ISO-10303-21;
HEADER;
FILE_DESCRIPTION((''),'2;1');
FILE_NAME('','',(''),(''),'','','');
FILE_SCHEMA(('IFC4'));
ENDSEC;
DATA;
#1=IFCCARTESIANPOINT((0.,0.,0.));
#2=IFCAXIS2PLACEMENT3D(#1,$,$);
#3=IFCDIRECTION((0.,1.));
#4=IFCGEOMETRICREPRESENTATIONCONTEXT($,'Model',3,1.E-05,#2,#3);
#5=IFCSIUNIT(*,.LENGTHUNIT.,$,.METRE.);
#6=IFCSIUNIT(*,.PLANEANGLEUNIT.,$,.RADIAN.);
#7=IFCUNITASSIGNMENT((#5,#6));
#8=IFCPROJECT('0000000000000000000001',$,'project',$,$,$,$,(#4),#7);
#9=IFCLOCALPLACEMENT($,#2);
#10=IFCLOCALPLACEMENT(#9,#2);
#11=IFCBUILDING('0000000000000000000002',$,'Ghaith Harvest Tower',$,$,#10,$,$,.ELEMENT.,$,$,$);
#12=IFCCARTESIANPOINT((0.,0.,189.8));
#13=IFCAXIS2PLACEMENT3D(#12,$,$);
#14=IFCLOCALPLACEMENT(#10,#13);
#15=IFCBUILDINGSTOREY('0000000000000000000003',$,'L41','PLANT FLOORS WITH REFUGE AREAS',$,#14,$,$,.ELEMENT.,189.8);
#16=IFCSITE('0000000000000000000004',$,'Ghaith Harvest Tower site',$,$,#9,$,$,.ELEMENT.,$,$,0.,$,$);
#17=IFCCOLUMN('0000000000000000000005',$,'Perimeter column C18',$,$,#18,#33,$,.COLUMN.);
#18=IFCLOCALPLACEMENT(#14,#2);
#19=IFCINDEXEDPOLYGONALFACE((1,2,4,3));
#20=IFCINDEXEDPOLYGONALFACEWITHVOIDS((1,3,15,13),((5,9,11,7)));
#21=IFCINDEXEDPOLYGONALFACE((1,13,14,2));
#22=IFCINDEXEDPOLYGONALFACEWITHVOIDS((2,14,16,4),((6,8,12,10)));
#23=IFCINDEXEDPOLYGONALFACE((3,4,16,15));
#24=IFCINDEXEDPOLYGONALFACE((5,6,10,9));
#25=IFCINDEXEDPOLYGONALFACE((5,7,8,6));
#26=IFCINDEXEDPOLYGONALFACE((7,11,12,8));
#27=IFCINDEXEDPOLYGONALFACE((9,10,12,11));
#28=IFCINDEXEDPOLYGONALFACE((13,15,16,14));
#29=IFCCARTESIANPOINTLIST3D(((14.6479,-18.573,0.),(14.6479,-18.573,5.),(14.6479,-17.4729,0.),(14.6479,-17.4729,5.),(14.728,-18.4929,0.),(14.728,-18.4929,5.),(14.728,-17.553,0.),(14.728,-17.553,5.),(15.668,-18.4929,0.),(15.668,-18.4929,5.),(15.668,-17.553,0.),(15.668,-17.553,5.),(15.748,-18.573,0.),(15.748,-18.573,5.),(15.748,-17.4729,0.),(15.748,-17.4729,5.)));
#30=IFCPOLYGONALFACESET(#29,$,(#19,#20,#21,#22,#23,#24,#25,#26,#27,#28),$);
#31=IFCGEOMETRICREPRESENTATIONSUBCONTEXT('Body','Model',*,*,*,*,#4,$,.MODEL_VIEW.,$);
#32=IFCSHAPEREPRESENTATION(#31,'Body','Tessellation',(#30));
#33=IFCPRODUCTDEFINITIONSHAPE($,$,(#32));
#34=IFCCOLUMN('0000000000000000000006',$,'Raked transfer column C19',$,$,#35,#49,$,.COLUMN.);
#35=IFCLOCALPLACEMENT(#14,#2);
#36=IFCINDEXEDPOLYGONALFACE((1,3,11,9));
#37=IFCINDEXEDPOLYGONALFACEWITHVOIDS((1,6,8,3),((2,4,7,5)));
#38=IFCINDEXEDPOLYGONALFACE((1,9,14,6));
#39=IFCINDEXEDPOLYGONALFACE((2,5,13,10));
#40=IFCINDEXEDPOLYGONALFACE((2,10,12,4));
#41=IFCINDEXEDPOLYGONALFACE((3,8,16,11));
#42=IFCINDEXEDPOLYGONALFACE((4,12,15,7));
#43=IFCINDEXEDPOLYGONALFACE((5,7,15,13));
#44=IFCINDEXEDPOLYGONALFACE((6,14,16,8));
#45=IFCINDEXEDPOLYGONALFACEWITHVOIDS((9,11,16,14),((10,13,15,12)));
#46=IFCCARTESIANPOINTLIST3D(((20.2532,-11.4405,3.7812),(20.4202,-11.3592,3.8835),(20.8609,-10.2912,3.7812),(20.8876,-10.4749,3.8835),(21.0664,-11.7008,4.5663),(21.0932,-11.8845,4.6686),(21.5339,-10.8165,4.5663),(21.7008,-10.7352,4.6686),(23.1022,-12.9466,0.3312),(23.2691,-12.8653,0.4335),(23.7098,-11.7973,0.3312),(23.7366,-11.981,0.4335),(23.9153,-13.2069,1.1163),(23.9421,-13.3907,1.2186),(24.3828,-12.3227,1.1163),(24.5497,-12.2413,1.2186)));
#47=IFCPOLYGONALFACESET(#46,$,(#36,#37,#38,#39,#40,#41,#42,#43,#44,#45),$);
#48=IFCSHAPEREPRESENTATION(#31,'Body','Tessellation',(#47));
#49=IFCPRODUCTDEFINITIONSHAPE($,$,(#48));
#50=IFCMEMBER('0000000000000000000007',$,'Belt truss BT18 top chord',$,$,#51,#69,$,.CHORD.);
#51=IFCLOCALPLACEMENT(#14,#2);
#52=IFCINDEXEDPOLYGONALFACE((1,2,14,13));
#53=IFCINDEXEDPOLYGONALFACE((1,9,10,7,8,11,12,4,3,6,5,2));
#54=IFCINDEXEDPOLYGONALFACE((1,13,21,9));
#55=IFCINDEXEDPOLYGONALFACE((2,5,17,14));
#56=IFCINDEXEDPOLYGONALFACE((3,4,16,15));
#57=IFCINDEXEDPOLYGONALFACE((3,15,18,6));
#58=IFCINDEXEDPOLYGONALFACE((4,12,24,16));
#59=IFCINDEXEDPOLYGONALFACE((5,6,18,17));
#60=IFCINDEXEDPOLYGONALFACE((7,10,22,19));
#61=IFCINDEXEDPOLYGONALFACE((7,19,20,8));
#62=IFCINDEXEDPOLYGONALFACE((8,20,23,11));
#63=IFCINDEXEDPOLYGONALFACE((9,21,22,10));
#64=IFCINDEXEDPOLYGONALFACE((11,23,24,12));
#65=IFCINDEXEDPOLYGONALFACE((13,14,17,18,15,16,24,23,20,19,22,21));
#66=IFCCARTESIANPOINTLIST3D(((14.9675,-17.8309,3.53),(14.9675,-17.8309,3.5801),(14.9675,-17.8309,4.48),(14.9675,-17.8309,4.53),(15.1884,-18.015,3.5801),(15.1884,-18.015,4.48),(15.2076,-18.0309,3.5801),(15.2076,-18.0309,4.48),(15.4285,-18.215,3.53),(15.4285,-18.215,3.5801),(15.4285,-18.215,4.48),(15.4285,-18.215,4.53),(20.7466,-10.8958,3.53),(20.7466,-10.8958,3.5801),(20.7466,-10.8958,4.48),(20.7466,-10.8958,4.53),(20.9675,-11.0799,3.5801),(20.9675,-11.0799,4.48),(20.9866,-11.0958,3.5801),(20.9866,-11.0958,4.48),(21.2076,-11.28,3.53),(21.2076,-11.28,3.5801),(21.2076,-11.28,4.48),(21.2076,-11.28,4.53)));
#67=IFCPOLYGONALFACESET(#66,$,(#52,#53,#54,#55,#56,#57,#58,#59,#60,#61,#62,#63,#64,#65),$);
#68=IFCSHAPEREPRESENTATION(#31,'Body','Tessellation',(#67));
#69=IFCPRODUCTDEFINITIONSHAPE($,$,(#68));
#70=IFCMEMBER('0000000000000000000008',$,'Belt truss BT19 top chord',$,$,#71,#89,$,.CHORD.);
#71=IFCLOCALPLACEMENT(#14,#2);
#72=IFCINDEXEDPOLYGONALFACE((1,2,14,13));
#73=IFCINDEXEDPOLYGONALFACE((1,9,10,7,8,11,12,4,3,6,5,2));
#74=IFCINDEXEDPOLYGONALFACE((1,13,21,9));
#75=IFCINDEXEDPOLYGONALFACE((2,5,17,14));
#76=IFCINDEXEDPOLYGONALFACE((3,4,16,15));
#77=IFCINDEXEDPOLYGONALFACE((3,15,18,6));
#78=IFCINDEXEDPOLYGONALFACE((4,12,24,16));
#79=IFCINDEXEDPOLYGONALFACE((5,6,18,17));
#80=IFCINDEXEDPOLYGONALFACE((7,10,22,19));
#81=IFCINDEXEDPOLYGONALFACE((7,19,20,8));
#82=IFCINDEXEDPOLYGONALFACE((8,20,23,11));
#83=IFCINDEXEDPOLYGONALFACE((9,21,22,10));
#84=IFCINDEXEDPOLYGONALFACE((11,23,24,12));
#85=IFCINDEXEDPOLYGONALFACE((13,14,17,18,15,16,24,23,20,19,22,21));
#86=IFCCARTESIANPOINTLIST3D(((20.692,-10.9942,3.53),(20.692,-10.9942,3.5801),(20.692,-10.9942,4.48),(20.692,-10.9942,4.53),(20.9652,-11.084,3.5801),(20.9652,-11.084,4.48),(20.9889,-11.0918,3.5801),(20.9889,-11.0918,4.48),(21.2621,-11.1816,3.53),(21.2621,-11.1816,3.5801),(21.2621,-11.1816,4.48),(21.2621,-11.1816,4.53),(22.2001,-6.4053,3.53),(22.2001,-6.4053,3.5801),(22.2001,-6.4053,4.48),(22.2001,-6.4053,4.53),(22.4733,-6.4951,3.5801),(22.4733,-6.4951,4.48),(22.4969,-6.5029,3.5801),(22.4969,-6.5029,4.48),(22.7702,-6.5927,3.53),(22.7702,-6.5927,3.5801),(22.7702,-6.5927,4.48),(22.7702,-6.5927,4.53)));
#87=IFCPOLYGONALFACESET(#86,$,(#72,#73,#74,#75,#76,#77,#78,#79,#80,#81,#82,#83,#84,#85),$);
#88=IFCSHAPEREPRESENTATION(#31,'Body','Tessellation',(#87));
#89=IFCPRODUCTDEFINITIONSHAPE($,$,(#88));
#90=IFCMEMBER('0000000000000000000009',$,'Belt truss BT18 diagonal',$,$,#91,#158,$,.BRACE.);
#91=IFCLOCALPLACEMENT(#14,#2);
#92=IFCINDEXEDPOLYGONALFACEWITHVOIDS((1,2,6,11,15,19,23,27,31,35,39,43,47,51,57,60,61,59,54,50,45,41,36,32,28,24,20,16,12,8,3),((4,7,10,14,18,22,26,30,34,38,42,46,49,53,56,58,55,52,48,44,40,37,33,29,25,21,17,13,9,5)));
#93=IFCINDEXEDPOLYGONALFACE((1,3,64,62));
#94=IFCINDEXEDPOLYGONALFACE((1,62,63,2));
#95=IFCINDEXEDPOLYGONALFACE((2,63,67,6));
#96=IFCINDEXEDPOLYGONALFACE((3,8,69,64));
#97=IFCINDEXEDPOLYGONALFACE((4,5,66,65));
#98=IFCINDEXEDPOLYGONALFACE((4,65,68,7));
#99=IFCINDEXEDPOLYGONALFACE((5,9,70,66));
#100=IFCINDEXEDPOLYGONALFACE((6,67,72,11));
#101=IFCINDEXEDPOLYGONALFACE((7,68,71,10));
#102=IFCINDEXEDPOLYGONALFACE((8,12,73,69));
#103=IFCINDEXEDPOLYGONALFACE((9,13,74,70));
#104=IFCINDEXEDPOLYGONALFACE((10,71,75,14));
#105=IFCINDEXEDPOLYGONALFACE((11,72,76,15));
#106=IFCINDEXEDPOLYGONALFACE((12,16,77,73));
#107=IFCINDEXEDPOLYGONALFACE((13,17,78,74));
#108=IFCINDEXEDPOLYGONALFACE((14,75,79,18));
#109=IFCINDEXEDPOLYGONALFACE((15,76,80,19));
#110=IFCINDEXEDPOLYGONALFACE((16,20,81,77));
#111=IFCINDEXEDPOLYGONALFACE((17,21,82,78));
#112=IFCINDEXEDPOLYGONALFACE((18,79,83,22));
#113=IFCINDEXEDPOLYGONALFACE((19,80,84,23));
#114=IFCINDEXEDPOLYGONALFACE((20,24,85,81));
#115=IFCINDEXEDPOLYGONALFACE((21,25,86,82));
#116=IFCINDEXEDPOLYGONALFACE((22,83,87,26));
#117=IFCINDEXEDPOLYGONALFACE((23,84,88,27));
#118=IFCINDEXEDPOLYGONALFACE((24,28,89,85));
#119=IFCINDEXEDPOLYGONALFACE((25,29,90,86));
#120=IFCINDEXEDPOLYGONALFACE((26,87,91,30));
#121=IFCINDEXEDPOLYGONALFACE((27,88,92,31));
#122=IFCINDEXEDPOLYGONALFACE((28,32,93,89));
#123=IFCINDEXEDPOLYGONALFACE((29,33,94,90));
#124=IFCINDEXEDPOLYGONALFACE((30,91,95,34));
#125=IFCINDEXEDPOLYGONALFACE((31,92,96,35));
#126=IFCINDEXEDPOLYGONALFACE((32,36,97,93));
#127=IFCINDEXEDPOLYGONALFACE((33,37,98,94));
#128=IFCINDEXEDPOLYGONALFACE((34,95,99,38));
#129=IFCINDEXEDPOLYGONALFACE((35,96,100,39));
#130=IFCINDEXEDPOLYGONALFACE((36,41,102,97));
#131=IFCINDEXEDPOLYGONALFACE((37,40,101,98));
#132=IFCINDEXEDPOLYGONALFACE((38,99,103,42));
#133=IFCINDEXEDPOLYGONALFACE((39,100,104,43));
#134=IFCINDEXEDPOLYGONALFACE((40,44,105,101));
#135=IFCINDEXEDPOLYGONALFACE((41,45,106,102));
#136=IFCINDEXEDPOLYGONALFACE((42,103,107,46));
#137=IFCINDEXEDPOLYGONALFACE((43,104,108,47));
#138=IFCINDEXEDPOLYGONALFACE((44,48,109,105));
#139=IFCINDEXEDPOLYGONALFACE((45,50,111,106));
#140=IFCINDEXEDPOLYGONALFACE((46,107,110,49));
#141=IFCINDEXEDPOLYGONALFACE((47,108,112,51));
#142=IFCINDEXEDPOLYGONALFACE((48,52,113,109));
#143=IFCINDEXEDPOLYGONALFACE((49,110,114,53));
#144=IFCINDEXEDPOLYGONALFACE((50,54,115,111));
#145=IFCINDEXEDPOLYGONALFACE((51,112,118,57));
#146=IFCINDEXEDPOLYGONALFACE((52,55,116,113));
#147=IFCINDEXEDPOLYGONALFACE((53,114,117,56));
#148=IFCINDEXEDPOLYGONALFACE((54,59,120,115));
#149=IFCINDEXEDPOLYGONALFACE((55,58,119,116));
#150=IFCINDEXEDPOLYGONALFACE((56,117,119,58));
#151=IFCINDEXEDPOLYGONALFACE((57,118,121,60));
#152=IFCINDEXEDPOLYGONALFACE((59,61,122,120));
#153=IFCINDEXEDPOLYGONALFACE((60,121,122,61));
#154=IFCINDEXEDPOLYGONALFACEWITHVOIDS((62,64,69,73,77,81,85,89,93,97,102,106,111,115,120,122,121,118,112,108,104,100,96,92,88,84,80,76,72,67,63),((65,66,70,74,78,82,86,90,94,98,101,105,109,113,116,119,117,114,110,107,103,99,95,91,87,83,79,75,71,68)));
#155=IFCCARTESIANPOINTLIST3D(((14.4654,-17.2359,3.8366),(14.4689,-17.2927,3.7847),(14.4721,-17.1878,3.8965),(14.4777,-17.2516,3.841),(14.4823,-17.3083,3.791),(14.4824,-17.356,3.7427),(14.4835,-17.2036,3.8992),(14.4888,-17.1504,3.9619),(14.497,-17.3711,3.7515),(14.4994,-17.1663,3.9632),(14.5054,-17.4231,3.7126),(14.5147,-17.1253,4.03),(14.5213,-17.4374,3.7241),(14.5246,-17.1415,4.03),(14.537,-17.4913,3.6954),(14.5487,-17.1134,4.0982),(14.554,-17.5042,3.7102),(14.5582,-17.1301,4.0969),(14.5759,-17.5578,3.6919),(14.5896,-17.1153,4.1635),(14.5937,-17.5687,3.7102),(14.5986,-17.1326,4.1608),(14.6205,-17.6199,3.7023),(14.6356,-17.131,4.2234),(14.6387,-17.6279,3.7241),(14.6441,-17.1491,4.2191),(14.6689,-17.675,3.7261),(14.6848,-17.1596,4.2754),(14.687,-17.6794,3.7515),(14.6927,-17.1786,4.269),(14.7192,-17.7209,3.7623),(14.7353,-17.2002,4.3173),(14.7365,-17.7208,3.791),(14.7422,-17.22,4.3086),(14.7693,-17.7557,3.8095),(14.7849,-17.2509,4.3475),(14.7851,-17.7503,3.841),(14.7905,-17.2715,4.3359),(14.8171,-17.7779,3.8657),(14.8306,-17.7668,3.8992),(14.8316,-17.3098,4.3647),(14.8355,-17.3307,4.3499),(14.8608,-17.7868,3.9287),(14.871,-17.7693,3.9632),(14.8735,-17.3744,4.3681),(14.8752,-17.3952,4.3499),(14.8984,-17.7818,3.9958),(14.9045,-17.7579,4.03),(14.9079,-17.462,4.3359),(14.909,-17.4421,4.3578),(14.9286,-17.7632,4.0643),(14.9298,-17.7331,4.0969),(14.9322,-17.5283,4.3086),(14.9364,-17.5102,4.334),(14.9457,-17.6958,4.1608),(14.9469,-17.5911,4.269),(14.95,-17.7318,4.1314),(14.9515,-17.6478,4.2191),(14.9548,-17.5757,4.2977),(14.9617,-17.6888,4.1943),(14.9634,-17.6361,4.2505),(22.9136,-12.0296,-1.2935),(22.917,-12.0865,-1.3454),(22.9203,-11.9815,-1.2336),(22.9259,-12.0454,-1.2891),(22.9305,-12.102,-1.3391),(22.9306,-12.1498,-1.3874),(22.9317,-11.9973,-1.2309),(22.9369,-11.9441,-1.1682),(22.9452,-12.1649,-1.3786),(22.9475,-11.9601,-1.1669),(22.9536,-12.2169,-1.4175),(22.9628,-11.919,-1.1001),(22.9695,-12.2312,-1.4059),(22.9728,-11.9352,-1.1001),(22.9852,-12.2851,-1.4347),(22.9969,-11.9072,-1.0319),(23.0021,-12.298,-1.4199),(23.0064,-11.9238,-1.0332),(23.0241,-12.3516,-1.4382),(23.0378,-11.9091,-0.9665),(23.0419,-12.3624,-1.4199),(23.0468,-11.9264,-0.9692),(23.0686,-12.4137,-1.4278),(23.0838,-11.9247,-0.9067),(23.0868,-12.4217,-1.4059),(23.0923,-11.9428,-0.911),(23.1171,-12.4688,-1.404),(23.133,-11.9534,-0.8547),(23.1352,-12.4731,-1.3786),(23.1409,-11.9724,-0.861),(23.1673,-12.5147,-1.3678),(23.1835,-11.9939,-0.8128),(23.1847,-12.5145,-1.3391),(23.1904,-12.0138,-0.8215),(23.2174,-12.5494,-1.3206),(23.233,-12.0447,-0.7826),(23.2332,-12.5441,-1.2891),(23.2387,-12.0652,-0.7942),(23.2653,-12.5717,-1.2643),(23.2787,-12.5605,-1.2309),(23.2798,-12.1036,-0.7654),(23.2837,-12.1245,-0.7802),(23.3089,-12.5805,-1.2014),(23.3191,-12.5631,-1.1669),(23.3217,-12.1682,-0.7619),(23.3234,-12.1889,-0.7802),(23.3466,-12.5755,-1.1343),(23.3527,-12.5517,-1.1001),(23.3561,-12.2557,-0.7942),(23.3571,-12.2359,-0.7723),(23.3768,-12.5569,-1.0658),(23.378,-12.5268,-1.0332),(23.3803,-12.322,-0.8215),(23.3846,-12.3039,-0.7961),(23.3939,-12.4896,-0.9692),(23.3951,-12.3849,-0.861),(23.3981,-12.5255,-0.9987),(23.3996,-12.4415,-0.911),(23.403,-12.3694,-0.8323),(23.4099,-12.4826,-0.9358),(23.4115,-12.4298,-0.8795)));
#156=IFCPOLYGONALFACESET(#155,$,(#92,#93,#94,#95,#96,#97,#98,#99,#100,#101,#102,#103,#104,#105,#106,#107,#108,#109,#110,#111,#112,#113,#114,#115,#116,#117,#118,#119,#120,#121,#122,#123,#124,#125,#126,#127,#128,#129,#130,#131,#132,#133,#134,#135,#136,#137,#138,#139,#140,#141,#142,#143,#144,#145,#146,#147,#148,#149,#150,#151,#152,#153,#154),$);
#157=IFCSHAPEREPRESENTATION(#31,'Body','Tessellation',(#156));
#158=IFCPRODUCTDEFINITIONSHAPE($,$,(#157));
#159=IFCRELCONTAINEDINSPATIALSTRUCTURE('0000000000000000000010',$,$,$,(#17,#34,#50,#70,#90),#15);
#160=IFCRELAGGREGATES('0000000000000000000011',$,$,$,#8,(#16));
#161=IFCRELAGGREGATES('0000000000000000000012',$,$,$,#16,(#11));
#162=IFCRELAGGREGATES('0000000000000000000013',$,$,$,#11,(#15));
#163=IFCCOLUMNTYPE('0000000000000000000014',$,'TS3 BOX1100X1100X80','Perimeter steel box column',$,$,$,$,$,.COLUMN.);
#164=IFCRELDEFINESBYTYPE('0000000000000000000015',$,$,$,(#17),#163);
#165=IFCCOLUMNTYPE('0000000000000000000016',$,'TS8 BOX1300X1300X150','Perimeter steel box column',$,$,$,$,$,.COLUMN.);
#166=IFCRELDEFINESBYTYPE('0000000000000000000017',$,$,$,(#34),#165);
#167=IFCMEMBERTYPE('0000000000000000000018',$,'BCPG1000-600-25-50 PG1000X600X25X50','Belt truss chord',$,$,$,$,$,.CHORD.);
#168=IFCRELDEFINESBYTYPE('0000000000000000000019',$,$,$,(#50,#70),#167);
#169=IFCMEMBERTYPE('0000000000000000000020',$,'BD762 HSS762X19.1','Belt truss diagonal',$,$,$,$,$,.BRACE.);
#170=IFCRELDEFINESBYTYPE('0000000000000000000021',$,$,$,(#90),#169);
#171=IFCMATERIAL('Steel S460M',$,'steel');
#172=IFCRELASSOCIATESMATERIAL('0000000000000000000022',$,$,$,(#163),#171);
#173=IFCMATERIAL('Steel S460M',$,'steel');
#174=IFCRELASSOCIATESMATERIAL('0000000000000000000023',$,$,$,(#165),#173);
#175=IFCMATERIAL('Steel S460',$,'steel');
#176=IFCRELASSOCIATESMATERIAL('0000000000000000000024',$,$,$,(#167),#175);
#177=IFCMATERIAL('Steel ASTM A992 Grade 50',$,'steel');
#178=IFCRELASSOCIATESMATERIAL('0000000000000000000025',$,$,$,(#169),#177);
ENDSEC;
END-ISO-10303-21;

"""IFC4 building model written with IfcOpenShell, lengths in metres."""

from ifc_helpers import new_model, si_unit, direction, frame, origin, origin_2d, place, context, subcontext, project, spatial, hollow_rectangle, hollow_circle, i_section, extrude, material, material_profile, profile_set, type_object, element, save


model = new_model("IFC4")

# Units and contexts
model_context = context("Model", 3, precision=1e-05, world=origin(), true_north=direction((0.0, 1.0)))
body_context = subcontext(model_context, "Body", "Model", "MODEL_VIEW")
ifc_project = project(units=[si_unit("LENGTHUNIT", "METRE"), si_unit("PLANEANGLEUNIT", "RADIAN")], contexts=[model_context])

# Site, building, storey
site_placement = place(None, origin())
site = spatial("IfcSite", under=ifc_project, at=site_placement, Name="Ghaith Harvest Tower site", CompositionType="ELEMENT", RefElevation=0.0)
building_placement = place(site_placement, origin())
building = spatial("IfcBuilding", under=site, at=building_placement, Name="Ghaith Harvest Tower", CompositionType="ELEMENT")
storey_placement = place(building_placement, frame((0.0, 0.0, 189.8)))
storey = spatial("IfcBuildingStorey", under=building, at=storey_placement, Name="L41", Description="PLANT FLOORS WITH REFUGE AREAS", CompositionType="ELEMENT", Elevation=189.8)

# Columns
ifc_material_1 = material(Name="Steel S460M", Category="steel")
ifc_material_profile_1 = material_profile(ifc_material_1, hollow_rectangle(XDim=1.1001, YDim=1.1001, WallThickness=0.0801, at=origin_2d()), Name="BOX1100X1100X80")
ifc_profile_set_1 = profile_set([ifc_material_profile_1], Name="Steel S460M")
column_type_1 = type_object("IfcColumnType", Name="TS3 BOX1100X1100X80", Description="Perimeter steel box column", PredefinedType="COLUMN", material=ifc_profile_set_1)
column_1_placement = place(storey_placement, frame((15.198, -18.0229, 0.0), z_axis=(0.0, 0.0, 1.0), x_axis=(1.0, 0.0, 0.0)))
element("IfcColumn", 1, at=column_1_placement, inside=storey, type_object=column_type_1, Name="Perimeter column C18", PredefinedType="COLUMN", context=body_context, shape_type="SweptSolid", body=[
    extrude(hollow_rectangle(XDim=1.1001, YDim=1.1001, WallThickness=0.0801, at=origin_2d()), origin(), (0.0, 0.0, 1.0), 5.0),
])
ifc_material_2 = material(Name="Steel S460M", Category="steel")
ifc_material_profile_2 = material_profile(ifc_material_2, hollow_rectangle(XDim=1.3, YDim=1.3, WallThickness=0.1499, at=origin_2d()), Name="BOX1300X1300X150")
ifc_profile_set_2 = profile_set([ifc_material_profile_2], Name="Steel S460M")
column_type_2 = type_object("IfcColumnType", Name="TS8 BOX1300X1300X150", Description="Perimeter steel box column", PredefinedType="COLUMN", material=ifc_profile_set_2)
column_2_placement = place(storey_placement, frame((23.8259, -12.594, 0.7749), z_axis=(-0.603464, 0.319031, 0.730787), x_axis=(-0.467372, -0.884061, 0.0)))
element("IfcColumn", 2, at=column_2_placement, inside=storey, type_object=column_type_2, Name="Raked transfer column C19", PredefinedType="COLUMN", context=body_context, shape_type="SweptSolid", body=[
    extrude(hollow_rectangle(XDim=1.3, YDim=1.3, WallThickness=0.1499, at=origin_2d()), origin(), (0.0, 0.0, 1.0), 4.7209),
])

# Members
ifc_material_3 = material(Name="Steel S460", Category="steel")
ifc_material_profile_3 = material_profile(ifc_material_3, i_section(OverallWidth=0.6001, OverallDepth=1.0, WebThickness=0.0249, FlangeThickness=0.05, at=origin_2d()), Name="PG1000X600X25X50")
ifc_profile_set_3 = profile_set([ifc_material_profile_3], Name="Steel S460")
member_type_1 = type_object("IfcMemberType", Name="BCPG1000-600-25-50 PG1000X600X25X50", Description="Belt truss chord", PredefinedType="CHORD", material=ifc_profile_set_3)
member_1_placement = place(storey_placement, frame((15.198, -18.0229, 4.03), z_axis=(0.640174, 0.76823, 0.0), x_axis=(-0.76823, 0.640174, 0.0)))
element("IfcMember", 3, at=member_1_placement, inside=storey, type_object=member_type_1, Name="Belt truss BT18 top chord", PredefinedType="CHORD", context=body_context, shape_type="SweptSolid", body=[
    extrude(i_section(OverallWidth=0.6001, OverallDepth=1.0, WebThickness=0.0249, FlangeThickness=0.05, at=origin_2d()), origin(), (0.0, 0.0, 1.0), 9.0273),
])
member_2_placement = place(storey_placement, frame((20.9771, -11.0879, 4.03), z_axis=(0.312207, 0.950014, 0.0), x_axis=(-0.950014, 0.312207, 0.0)))
element("IfcMember", 4, at=member_2_placement, inside=storey, type_object=member_type_1, Name="Belt truss BT19 top chord", PredefinedType="CHORD", context=body_context, shape_type="SweptSolid", body=[
    extrude(i_section(OverallWidth=0.6001, OverallDepth=1.0, WebThickness=0.0249, FlangeThickness=0.05, at=origin_2d()), origin(), (0.0, 0.0, 1.0), 4.8303),
])
ifc_material_4 = material(Name="Steel ASTM A992 Grade 50", Category="steel")
ifc_material_profile_4 = material_profile(ifc_material_4, hollow_circle(Radius=0.3811, WallThickness=0.019, at=origin_2d()), Name="HSS762X19.1")
ifc_profile_set_4 = profile_set([ifc_material_profile_4], Name="Steel ASTM A992 Grade 50")
member_type_2 = type_object("IfcMemberType", Name="BD762 HSS762X19.1", Description="Belt truss diagonal", PredefinedType="BRACE", material=ifc_profile_set_4)
member_3_placement = place(storey_placement, frame((14.7146, -17.4497, 4.03), z_axis=(0.756249, 0.466045, -0.459226), x_axis=(-0.524637, 0.851326, 0.0)))
element("IfcMember", 5, at=member_3_placement, inside=storey, type_object=member_type_2, Name="Belt truss BT18 diagonal", PredefinedType="BRACE", context=body_context, shape_type="SweptSolid", body=[
    extrude(hollow_circle(Radius=0.3811, WallThickness=0.019, at=origin_2d()), origin(), (0.0, 0.0, 1.0), 11.1711),
])

save(model, "model.ifc")
